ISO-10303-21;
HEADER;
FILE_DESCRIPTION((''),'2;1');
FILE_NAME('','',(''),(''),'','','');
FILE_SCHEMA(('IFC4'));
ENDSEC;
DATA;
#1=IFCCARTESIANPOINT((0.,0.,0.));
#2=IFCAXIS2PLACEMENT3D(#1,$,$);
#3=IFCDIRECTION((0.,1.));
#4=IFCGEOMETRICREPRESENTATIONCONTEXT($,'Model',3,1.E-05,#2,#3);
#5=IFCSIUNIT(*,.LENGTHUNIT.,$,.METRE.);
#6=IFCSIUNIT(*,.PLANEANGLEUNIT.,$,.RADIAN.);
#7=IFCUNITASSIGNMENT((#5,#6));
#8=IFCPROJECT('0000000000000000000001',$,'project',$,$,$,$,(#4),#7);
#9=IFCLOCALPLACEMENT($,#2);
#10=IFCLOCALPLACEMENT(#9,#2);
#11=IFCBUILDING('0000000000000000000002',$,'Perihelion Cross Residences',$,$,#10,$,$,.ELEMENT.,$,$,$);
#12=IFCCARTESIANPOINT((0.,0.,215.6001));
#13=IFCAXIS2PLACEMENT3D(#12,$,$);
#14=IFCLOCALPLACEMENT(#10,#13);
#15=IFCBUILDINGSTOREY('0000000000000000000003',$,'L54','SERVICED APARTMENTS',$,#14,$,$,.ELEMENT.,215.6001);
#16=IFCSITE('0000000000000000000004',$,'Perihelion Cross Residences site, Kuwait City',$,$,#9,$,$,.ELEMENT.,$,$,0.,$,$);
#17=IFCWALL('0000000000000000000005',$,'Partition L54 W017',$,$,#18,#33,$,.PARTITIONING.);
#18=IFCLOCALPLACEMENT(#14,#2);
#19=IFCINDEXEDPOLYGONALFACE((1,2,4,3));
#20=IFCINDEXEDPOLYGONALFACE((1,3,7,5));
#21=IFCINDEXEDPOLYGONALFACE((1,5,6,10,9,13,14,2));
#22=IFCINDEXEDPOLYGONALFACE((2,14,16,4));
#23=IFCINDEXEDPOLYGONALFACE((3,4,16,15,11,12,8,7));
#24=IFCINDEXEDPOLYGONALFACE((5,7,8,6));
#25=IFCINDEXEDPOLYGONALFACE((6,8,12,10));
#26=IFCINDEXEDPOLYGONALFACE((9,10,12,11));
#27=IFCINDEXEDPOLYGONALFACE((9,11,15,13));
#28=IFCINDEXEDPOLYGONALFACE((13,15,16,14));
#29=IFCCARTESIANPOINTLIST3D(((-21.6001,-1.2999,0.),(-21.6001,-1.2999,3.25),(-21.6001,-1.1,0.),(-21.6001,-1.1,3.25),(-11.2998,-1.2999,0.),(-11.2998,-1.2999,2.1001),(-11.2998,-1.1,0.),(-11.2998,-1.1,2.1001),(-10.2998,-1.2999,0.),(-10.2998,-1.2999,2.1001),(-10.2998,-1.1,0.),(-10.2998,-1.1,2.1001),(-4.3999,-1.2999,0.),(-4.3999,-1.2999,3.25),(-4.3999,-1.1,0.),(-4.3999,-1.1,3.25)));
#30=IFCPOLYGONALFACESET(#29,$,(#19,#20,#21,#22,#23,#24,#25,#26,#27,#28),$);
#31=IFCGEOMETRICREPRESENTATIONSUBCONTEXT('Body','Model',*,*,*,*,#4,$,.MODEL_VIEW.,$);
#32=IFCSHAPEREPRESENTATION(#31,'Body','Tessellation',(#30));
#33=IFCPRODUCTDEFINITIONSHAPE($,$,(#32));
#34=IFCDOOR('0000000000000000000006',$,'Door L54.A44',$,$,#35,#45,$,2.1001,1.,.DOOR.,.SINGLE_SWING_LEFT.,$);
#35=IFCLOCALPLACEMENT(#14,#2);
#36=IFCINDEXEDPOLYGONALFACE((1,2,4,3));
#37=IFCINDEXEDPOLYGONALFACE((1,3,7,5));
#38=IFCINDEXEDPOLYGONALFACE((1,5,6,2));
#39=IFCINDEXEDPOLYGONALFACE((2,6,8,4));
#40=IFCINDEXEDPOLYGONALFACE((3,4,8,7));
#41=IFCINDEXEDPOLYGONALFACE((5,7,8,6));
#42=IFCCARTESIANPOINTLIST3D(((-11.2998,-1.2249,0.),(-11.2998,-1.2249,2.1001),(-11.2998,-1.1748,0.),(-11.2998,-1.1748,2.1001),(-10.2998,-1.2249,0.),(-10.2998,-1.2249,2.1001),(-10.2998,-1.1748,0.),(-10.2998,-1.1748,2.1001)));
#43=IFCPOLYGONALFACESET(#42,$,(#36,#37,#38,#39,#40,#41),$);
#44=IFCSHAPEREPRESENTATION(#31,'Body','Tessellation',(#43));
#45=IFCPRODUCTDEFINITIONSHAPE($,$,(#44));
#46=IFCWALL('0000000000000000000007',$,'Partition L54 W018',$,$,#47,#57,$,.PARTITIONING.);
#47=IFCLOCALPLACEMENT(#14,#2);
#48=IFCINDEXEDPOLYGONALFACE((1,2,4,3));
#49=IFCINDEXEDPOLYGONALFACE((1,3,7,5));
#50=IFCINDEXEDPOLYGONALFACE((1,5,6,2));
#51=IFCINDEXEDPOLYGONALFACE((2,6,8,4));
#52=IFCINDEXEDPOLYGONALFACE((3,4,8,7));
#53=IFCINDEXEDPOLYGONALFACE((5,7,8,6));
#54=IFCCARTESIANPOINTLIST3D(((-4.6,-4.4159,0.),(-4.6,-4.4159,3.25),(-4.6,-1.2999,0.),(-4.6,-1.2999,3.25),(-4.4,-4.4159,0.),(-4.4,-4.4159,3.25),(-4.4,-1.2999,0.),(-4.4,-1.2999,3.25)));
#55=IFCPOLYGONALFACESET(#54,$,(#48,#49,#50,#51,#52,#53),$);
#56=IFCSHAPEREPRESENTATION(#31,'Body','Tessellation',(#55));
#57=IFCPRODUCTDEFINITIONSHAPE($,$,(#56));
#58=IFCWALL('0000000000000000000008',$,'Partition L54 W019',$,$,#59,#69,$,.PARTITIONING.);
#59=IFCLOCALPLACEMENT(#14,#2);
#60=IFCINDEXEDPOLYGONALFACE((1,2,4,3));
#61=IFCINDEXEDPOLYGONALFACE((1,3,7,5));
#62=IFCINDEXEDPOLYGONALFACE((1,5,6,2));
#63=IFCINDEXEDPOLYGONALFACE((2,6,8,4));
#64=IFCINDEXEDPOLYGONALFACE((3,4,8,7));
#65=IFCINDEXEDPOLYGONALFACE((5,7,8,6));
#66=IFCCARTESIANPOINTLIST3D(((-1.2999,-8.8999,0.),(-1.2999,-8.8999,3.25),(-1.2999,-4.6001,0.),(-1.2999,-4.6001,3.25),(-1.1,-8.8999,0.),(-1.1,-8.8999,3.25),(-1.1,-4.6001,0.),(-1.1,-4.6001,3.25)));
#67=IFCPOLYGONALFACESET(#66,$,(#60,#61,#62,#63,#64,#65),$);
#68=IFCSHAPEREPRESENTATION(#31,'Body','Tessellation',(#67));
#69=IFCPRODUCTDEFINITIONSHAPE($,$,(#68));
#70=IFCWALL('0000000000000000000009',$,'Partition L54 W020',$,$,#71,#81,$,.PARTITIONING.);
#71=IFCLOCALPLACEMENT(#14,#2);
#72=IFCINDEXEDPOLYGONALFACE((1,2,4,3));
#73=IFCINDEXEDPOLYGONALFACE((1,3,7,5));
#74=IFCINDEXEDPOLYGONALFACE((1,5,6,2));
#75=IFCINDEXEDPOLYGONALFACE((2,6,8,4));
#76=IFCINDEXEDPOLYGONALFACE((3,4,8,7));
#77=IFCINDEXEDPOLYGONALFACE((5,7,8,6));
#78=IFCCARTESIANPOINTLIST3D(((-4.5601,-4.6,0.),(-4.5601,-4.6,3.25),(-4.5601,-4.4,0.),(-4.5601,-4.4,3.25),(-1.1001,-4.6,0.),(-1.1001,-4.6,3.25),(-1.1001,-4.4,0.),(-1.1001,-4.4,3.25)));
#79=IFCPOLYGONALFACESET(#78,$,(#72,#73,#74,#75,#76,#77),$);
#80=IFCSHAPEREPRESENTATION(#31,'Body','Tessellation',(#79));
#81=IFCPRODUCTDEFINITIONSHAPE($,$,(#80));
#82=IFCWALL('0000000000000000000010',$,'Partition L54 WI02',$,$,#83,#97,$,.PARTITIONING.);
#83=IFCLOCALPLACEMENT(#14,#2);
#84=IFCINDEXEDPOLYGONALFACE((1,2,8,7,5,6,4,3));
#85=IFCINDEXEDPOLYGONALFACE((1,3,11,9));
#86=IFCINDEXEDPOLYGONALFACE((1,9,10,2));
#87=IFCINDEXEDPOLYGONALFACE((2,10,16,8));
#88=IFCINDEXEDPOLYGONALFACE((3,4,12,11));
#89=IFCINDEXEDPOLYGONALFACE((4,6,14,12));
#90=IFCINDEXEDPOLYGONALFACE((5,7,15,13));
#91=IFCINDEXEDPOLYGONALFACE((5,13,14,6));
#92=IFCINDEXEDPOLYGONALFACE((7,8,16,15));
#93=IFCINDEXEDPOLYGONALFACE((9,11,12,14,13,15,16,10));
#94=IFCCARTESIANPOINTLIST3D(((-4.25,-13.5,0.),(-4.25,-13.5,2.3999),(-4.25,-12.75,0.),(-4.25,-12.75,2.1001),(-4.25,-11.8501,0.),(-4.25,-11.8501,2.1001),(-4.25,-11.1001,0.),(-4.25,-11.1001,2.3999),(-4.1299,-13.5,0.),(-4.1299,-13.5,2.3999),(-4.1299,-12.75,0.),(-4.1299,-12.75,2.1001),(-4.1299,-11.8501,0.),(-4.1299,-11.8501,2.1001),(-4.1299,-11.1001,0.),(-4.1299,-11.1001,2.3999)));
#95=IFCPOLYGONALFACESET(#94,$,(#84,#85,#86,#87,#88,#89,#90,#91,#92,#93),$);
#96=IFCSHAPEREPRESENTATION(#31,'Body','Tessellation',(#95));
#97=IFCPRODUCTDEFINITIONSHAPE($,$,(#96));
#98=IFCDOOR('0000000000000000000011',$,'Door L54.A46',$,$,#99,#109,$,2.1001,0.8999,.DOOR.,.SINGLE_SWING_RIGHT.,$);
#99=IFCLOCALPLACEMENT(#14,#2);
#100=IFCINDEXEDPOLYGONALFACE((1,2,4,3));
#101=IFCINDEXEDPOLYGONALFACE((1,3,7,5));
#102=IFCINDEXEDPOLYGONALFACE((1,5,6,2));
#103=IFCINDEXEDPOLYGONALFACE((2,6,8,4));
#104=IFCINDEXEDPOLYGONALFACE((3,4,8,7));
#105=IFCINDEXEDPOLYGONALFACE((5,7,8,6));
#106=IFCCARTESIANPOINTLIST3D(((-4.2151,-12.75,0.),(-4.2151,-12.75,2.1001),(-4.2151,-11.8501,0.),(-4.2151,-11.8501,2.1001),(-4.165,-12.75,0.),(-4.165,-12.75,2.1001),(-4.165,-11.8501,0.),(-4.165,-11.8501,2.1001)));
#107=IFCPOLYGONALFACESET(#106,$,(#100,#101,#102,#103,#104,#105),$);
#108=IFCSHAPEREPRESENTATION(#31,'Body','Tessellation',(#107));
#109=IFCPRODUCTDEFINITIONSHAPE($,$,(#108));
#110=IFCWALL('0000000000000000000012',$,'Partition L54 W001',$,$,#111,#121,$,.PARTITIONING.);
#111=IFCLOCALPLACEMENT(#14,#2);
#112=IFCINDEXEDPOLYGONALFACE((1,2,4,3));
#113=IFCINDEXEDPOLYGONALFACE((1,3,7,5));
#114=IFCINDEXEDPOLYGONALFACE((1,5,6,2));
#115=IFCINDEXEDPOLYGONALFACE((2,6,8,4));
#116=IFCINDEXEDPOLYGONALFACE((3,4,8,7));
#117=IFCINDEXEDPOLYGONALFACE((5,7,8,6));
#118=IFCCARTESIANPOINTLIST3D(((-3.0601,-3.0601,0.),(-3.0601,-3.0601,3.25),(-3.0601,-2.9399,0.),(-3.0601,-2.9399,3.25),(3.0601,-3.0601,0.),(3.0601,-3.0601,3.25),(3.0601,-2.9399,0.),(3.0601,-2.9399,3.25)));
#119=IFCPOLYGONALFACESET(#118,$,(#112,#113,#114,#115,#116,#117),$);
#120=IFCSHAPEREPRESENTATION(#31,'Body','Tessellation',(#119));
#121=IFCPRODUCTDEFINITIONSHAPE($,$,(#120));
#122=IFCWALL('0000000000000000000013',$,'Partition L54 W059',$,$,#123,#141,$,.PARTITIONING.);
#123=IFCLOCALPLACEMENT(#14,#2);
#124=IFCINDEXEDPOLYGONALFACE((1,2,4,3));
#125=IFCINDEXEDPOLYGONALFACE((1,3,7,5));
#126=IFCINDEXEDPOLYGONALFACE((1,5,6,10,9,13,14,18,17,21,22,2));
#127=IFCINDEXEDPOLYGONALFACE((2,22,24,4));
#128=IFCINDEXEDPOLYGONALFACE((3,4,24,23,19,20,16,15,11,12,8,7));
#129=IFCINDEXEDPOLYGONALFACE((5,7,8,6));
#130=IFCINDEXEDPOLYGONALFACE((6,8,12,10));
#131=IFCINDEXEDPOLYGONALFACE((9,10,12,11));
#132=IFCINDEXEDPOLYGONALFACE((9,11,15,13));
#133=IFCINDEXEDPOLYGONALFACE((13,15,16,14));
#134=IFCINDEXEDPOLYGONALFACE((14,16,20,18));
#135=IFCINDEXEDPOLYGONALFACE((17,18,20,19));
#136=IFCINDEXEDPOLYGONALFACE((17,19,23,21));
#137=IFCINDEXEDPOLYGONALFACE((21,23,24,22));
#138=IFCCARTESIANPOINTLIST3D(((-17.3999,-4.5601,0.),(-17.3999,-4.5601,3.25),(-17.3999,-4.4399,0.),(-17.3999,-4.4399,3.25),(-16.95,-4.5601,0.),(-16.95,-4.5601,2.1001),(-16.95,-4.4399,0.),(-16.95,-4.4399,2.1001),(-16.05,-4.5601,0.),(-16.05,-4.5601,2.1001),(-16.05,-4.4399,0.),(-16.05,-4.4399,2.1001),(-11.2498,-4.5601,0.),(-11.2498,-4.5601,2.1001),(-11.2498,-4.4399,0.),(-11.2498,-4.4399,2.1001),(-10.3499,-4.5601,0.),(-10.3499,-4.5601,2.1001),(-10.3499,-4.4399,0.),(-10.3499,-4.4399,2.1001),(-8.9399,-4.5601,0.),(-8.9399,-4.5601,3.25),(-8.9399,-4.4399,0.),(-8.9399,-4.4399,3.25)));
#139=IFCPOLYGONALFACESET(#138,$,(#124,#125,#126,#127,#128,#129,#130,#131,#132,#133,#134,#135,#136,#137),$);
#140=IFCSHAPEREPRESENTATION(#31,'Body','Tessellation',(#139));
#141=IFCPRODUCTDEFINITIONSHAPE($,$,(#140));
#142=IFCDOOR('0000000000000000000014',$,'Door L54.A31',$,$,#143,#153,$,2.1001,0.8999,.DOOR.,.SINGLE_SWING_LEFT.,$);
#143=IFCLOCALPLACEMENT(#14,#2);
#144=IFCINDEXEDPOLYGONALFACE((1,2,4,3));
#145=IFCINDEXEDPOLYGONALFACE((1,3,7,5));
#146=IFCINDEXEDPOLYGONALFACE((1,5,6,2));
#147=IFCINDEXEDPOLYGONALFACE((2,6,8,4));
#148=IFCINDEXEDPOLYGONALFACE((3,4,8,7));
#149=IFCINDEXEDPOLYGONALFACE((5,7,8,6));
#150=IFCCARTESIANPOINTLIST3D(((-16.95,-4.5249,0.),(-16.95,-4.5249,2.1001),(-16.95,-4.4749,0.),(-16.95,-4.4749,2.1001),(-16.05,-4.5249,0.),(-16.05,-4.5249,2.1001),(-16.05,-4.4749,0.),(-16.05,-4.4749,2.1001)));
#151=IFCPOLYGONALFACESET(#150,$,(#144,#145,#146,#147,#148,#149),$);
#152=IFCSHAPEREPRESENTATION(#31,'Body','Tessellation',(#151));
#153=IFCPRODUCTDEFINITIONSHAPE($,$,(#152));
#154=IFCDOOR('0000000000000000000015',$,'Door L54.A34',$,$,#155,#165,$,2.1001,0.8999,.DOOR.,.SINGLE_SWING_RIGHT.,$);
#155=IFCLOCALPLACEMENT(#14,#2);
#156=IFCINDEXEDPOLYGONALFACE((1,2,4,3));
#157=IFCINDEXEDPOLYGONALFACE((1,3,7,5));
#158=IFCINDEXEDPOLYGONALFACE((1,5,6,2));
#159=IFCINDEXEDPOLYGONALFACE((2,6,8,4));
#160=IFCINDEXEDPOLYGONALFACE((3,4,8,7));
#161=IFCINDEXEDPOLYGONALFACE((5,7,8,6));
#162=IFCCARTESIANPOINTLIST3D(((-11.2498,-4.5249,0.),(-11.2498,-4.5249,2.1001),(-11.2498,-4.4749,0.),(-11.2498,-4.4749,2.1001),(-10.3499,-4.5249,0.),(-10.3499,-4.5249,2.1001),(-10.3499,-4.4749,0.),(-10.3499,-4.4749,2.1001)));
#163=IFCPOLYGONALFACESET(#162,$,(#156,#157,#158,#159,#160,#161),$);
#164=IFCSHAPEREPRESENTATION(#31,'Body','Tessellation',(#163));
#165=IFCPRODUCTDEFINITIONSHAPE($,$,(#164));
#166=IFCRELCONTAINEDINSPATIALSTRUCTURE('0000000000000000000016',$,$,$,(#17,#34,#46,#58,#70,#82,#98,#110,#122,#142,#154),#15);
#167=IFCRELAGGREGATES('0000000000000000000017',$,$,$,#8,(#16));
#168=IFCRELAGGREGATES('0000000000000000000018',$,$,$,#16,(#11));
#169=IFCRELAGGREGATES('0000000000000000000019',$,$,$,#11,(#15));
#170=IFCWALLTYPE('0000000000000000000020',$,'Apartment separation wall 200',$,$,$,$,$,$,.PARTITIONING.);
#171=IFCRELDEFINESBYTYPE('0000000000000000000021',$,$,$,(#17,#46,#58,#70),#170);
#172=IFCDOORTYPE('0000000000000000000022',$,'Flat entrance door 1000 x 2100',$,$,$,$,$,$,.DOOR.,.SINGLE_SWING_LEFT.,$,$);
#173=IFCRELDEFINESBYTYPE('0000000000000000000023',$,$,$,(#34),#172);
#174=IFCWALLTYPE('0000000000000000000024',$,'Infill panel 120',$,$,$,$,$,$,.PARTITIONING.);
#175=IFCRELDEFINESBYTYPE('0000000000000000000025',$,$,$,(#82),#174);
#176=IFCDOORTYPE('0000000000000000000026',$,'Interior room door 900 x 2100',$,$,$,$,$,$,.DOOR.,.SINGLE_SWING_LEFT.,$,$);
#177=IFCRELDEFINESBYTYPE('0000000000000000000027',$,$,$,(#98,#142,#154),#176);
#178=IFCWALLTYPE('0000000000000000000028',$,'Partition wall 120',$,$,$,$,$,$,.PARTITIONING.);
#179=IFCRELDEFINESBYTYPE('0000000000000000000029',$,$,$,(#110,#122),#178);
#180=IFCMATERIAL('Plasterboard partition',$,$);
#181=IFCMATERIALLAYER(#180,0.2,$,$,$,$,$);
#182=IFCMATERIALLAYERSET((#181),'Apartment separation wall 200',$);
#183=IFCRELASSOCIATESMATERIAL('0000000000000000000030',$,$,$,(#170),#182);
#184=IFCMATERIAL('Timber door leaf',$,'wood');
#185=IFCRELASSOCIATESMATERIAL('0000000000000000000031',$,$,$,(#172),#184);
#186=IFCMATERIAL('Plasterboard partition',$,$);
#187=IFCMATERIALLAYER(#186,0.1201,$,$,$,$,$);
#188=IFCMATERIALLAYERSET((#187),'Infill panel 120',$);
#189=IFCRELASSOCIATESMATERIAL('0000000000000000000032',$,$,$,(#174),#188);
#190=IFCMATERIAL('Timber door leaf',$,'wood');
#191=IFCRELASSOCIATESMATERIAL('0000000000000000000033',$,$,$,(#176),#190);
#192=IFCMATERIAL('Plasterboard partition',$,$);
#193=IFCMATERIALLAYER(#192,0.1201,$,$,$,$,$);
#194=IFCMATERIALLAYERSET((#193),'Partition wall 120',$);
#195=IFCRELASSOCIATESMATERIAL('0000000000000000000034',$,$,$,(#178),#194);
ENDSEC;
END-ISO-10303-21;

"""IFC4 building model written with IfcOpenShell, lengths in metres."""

from ifc_helpers import new_model, si_unit, direction, frame, frame_2d, origin, place, context, subcontext, project, spatial, rectangle, extrude, material, layer, layer_set, type_object, element, fill, save


model = new_model("IFC4")

# Units and contexts
model_context = context("Model", 3, precision=1e-05, world=origin(), true_north=direction((0.0, 1.0)))
body_context = subcontext(model_context, "Body", "Model", "MODEL_VIEW")
ifc_project = project(units=[si_unit("LENGTHUNIT", "METRE"), si_unit("PLANEANGLEUNIT", "RADIAN")], contexts=[model_context])

# Site, building, storey
site_placement = place(None, origin())
site = spatial("IfcSite", under=ifc_project, at=site_placement, Name="Perihelion Cross Residences site, Kuwait City", CompositionType="ELEMENT", RefElevation=0.0)
building_placement = place(site_placement, origin())
building = spatial("IfcBuilding", under=site, at=building_placement, Name="Perihelion Cross Residences", CompositionType="ELEMENT")
storey_placement = place(building_placement, frame((0.0, 0.0, 215.6001)))
storey = spatial("IfcBuildingStorey", under=building, at=storey_placement, Name="L54", Description="SERVICED APARTMENTS", CompositionType="ELEMENT", Elevation=215.6001)

# Wall, opening, door
ifc_material_1 = material(Name="Plasterboard partition")
ifc_layer_1 = layer(ifc_material_1, 0.2)
ifc_layer_set_1 = layer_set([ifc_layer_1], Name="Apartment separation wall 200")
wall_type_1 = type_object("IfcWallType", Name="Apartment separation wall 200", PredefinedType="PARTITIONING", material=ifc_layer_set_1)
wall_1_placement = place(storey_placement, frame((-4.3999, -1.2, 0.0), z_axis=(0.0, 0.0, 1.0), x_axis=(-1.0, 0.0, 0.0)))
wall_1 = element("IfcWall", 1, at=wall_1_placement, inside=storey, type_object=wall_type_1, Name="Partition L54 W017", PredefinedType="PARTITIONING", context=body_context, shape_type="SweptSolid", body=[
    extrude(rectangle(XDim=17.2002, YDim=0.2, at=frame_2d((8.6001, 0.0))), origin(), (0.0, 0.0, 1.0), 3.25),
])
opening_1_placement = place(wall_1_placement, frame((5.8999, 0.0, 0.0)))
opening_1 = element("IfcOpeningElement", 2, at=opening_1_placement, cuts=wall_1, PredefinedType="OPENING", context=body_context, shape_type="SweptSolid", body=[
    extrude(rectangle(XDim=1.0, YDim=2.1001, at=frame_2d((0.5, 1.05))), frame((0.0, 0.1099, 0.0), z_axis=(0.0, -1.0, 0.0), x_axis=(1.0, 0.0, 0.0)), (0.0, 0.0, 1.0), 0.22),
])
ifc_material_2 = material(Name="Timber door leaf", Category="wood")
door_type_1 = type_object("IfcDoorType", Name="Flat entrance door 1000 x 2100", OperationType="SINGLE_SWING_LEFT", PredefinedType="DOOR", material=ifc_material_2)
door_1_placement = place(opening_1_placement, origin())
door_1 = element("IfcDoor", 3, at=door_1_placement, inside=storey, type_object=door_type_1, Name="Door L54.A44", OperationType="SINGLE_SWING_LEFT", OverallHeight=2.1001, OverallWidth=1.0, PredefinedType="DOOR", context=body_context, shape_type="SweptSolid", body=[
    extrude(rectangle(XDim=1.0, YDim=2.1001, at=frame_2d((0.5, 1.05))), frame((0.0, 0.0249, 0.0), z_axis=(0.0, -1.0, 0.0), x_axis=(1.0, 0.0, 0.0)), (0.0, 0.0, 1.0), 0.05),
])
fill(opening_1, door_1)

# Walls
wall_2_placement = place(storey_placement, frame((-4.5, -4.416, 0.0), z_axis=(0.0, 0.0, 1.0), x_axis=(0.0, 1.0, 0.0)))
element("IfcWall", 4, at=wall_2_placement, inside=storey, type_object=wall_type_1, Name="Partition L54 W018", PredefinedType="PARTITIONING", context=body_context, shape_type="SweptSolid", body=[
    extrude(rectangle(XDim=3.116, YDim=0.2, at=frame_2d((1.5581, 0.0))), origin(), (0.0, 0.0, 1.0), 3.25),
])
wall_3_placement = place(storey_placement, frame((-1.2, -8.8999, 0.0), z_axis=(0.0, 0.0, 1.0), x_axis=(0.0, 1.0, 0.0)))
element("IfcWall", 5, at=wall_3_placement, inside=storey, type_object=wall_type_1, Name="Partition L54 W019", PredefinedType="PARTITIONING", context=body_context, shape_type="SweptSolid", body=[
    extrude(rectangle(XDim=4.2998, YDim=0.2, at=frame_2d((2.1499, 0.0))), origin(), (0.0, 0.0, 1.0), 3.25),
])
wall_4_placement = place(storey_placement, frame((-1.1001, -4.5, 0.0), z_axis=(0.0, 0.0, 1.0), x_axis=(-1.0, 0.0, 0.0)))
element("IfcWall", 6, at=wall_4_placement, inside=storey, type_object=wall_type_1, Name="Partition L54 W020", PredefinedType="PARTITIONING", context=body_context, shape_type="SweptSolid", body=[
    extrude(rectangle(XDim=3.46, YDim=0.2, at=frame_2d((1.73, 0.0))), origin(), (0.0, 0.0, 1.0), 3.25),
])

# Wall, opening, door
ifc_material_3 = material(Name="Plasterboard partition")
ifc_layer_2 = layer(ifc_material_3, 0.1201)
ifc_layer_set_2 = layer_set([ifc_layer_2], Name="Infill panel 120")
wall_type_2 = type_object("IfcWallType", Name="Infill panel 120", PredefinedType="PARTITIONING", material=ifc_layer_set_2)
wall_5_placement = place(storey_placement, frame((-4.1899, -11.1001, 0.0), z_axis=(0.0, 0.0, 1.0), x_axis=(0.0, -1.0, 0.0)))
wall_5 = element("IfcWall", 7, at=wall_5_placement, inside=storey, type_object=wall_type_2, Name="Partition L54 WI02", PredefinedType="PARTITIONING", context=body_context, shape_type="SweptSolid", body=[
    extrude(rectangle(XDim=2.3999, YDim=0.1201, at=frame_2d((1.2, 0.0))), origin(), (0.0, 0.0, 1.0), 2.3999),
])
opening_2_placement = place(wall_5_placement, frame((0.75, 0.0, 0.0)))
opening_2 = element("IfcOpeningElement", 8, at=opening_2_placement, cuts=wall_5, PredefinedType="OPENING", context=body_context, shape_type="SweptSolid", body=[
    extrude(rectangle(XDim=0.8999, YDim=2.1001, at=frame_2d((0.45, 1.05))), frame((0.0, 0.0701, 0.0), z_axis=(0.0, -1.0, 0.0), x_axis=(1.0, 0.0, 0.0)), (0.0, 0.0, 1.0), 0.1401),
])
ifc_material_4 = material(Name="Timber door leaf", Category="wood")
door_type_2 = type_object("IfcDoorType", Name="Interior room door 900 x 2100", OperationType="SINGLE_SWING_LEFT", PredefinedType="DOOR", material=ifc_material_4)
door_2_placement = place(opening_2_placement, origin())
door_2 = element("IfcDoor", 9, at=door_2_placement, inside=storey, type_object=door_type_2, Name="Door L54.A46", OperationType="SINGLE_SWING_RIGHT", OverallHeight=2.1001, OverallWidth=0.8999, PredefinedType="DOOR", context=body_context, shape_type="SweptSolid", body=[
    extrude(rectangle(XDim=0.8999, YDim=2.1001, at=frame_2d((0.45, 1.05))), frame((0.0, 0.0249, 0.0), z_axis=(0.0, -1.0, 0.0), x_axis=(1.0, 0.0, 0.0)), (0.0, 0.0, 1.0), 0.05),
])
fill(opening_2, door_2)

# Wall
ifc_material_5 = material(Name="Plasterboard partition")
ifc_layer_3 = layer(ifc_material_5, 0.1201)
ifc_layer_set_3 = layer_set([ifc_layer_3], Name="Partition wall 120")
wall_type_3 = type_object("IfcWallType", Name="Partition wall 120", PredefinedType="PARTITIONING", material=ifc_layer_set_3)
wall_6_placement = place(storey_placement, frame((-3.0601, -3.0, 0.0), z_axis=(0.0, 0.0, 1.0), x_axis=(1.0, 0.0, 0.0)))
element("IfcWall", 10, at=wall_6_placement, inside=storey, type_object=wall_type_3, Name="Partition L54 W001", PredefinedType="PARTITIONING", context=body_context, shape_type="SweptSolid", body=[
    extrude(rectangle(XDim=6.1201, YDim=0.1201, at=frame_2d((3.0601, 0.0))), origin(), (0.0, 0.0, 1.0), 3.25),
])

# Wall, openings, doors
wall_7_placement = place(storey_placement, frame((-8.9399, -4.5, 0.0), z_axis=(0.0, 0.0, 1.0), x_axis=(-1.0, 0.0, 0.0)))
wall_7 = element("IfcWall", 11, at=wall_7_placement, inside=storey, type_object=wall_type_3, Name="Partition L54 W059", PredefinedType="PARTITIONING", context=body_context, shape_type="SweptSolid", body=[
    extrude(rectangle(XDim=8.46, YDim=0.1201, at=frame_2d((4.23, 0.0))), origin(), (0.0, 0.0, 1.0), 3.25),
])
opening_3_placement = place(wall_7_placement, frame((7.1101, 0.0, 0.0)))
opening_3 = element("IfcOpeningElement", 12, at=opening_3_placement, cuts=wall_7, PredefinedType="OPENING", context=body_context, shape_type="SweptSolid", body=[
    extrude(rectangle(XDim=0.8999, YDim=2.1001, at=frame_2d((0.45, 1.05))), frame((0.0, 0.0701, 0.0), z_axis=(0.0, -1.0, 0.0), x_axis=(1.0, 0.0, 0.0)), (0.0, 0.0, 1.0), 0.1401),
])
opening_4_placement = place(wall_7_placement, frame((1.4099, 0.0, 0.0)))
opening_4 = element("IfcOpeningElement", 13, at=opening_4_placement, cuts=wall_7, PredefinedType="OPENING", context=body_context, shape_type="SweptSolid", body=[
    extrude(rectangle(XDim=0.8999, YDim=2.1001, at=frame_2d((0.45, 1.05))), frame((0.0, 0.0701, 0.0), z_axis=(0.0, -1.0, 0.0), x_axis=(1.0, 0.0, 0.0)), (0.0, 0.0, 1.0), 0.1401),
])
door_3_placement = place(opening_3_placement, origin())
door_3 = element("IfcDoor", 14, at=door_3_placement, inside=storey, type_object=door_type_2, Name="Door L54.A31", OperationType="SINGLE_SWING_LEFT", OverallHeight=2.1001, OverallWidth=0.8999, PredefinedType="DOOR", context=body_context, shape_type="SweptSolid", body=[
    extrude(rectangle(XDim=0.8999, YDim=2.1001, at=frame_2d((0.45, 1.05))), frame((0.0, 0.0249, 0.0), z_axis=(0.0, -1.0, 0.0), x_axis=(1.0, 0.0, 0.0)), (0.0, 0.0, 1.0), 0.05),
])
fill(opening_3, door_3)
door_4_placement = place(opening_4_placement, origin())
door_4 = element("IfcDoor", 15, at=door_4_placement, inside=storey, type_object=door_type_2, Name="Door L54.A34", OperationType="SINGLE_SWING_RIGHT", OverallHeight=2.1001, OverallWidth=0.8999, PredefinedType="DOOR", context=body_context, shape_type="SweptSolid", body=[
    extrude(rectangle(XDim=0.8999, YDim=2.1001, at=frame_2d((0.45, 1.05))), frame((0.0, 0.0249, 0.0), z_axis=(0.0, -1.0, 0.0), x_axis=(1.0, 0.0, 0.0)), (0.0, 0.0, 1.0), 0.05),
])
fill(opening_4, door_4)

save(model, "model.ifc")
